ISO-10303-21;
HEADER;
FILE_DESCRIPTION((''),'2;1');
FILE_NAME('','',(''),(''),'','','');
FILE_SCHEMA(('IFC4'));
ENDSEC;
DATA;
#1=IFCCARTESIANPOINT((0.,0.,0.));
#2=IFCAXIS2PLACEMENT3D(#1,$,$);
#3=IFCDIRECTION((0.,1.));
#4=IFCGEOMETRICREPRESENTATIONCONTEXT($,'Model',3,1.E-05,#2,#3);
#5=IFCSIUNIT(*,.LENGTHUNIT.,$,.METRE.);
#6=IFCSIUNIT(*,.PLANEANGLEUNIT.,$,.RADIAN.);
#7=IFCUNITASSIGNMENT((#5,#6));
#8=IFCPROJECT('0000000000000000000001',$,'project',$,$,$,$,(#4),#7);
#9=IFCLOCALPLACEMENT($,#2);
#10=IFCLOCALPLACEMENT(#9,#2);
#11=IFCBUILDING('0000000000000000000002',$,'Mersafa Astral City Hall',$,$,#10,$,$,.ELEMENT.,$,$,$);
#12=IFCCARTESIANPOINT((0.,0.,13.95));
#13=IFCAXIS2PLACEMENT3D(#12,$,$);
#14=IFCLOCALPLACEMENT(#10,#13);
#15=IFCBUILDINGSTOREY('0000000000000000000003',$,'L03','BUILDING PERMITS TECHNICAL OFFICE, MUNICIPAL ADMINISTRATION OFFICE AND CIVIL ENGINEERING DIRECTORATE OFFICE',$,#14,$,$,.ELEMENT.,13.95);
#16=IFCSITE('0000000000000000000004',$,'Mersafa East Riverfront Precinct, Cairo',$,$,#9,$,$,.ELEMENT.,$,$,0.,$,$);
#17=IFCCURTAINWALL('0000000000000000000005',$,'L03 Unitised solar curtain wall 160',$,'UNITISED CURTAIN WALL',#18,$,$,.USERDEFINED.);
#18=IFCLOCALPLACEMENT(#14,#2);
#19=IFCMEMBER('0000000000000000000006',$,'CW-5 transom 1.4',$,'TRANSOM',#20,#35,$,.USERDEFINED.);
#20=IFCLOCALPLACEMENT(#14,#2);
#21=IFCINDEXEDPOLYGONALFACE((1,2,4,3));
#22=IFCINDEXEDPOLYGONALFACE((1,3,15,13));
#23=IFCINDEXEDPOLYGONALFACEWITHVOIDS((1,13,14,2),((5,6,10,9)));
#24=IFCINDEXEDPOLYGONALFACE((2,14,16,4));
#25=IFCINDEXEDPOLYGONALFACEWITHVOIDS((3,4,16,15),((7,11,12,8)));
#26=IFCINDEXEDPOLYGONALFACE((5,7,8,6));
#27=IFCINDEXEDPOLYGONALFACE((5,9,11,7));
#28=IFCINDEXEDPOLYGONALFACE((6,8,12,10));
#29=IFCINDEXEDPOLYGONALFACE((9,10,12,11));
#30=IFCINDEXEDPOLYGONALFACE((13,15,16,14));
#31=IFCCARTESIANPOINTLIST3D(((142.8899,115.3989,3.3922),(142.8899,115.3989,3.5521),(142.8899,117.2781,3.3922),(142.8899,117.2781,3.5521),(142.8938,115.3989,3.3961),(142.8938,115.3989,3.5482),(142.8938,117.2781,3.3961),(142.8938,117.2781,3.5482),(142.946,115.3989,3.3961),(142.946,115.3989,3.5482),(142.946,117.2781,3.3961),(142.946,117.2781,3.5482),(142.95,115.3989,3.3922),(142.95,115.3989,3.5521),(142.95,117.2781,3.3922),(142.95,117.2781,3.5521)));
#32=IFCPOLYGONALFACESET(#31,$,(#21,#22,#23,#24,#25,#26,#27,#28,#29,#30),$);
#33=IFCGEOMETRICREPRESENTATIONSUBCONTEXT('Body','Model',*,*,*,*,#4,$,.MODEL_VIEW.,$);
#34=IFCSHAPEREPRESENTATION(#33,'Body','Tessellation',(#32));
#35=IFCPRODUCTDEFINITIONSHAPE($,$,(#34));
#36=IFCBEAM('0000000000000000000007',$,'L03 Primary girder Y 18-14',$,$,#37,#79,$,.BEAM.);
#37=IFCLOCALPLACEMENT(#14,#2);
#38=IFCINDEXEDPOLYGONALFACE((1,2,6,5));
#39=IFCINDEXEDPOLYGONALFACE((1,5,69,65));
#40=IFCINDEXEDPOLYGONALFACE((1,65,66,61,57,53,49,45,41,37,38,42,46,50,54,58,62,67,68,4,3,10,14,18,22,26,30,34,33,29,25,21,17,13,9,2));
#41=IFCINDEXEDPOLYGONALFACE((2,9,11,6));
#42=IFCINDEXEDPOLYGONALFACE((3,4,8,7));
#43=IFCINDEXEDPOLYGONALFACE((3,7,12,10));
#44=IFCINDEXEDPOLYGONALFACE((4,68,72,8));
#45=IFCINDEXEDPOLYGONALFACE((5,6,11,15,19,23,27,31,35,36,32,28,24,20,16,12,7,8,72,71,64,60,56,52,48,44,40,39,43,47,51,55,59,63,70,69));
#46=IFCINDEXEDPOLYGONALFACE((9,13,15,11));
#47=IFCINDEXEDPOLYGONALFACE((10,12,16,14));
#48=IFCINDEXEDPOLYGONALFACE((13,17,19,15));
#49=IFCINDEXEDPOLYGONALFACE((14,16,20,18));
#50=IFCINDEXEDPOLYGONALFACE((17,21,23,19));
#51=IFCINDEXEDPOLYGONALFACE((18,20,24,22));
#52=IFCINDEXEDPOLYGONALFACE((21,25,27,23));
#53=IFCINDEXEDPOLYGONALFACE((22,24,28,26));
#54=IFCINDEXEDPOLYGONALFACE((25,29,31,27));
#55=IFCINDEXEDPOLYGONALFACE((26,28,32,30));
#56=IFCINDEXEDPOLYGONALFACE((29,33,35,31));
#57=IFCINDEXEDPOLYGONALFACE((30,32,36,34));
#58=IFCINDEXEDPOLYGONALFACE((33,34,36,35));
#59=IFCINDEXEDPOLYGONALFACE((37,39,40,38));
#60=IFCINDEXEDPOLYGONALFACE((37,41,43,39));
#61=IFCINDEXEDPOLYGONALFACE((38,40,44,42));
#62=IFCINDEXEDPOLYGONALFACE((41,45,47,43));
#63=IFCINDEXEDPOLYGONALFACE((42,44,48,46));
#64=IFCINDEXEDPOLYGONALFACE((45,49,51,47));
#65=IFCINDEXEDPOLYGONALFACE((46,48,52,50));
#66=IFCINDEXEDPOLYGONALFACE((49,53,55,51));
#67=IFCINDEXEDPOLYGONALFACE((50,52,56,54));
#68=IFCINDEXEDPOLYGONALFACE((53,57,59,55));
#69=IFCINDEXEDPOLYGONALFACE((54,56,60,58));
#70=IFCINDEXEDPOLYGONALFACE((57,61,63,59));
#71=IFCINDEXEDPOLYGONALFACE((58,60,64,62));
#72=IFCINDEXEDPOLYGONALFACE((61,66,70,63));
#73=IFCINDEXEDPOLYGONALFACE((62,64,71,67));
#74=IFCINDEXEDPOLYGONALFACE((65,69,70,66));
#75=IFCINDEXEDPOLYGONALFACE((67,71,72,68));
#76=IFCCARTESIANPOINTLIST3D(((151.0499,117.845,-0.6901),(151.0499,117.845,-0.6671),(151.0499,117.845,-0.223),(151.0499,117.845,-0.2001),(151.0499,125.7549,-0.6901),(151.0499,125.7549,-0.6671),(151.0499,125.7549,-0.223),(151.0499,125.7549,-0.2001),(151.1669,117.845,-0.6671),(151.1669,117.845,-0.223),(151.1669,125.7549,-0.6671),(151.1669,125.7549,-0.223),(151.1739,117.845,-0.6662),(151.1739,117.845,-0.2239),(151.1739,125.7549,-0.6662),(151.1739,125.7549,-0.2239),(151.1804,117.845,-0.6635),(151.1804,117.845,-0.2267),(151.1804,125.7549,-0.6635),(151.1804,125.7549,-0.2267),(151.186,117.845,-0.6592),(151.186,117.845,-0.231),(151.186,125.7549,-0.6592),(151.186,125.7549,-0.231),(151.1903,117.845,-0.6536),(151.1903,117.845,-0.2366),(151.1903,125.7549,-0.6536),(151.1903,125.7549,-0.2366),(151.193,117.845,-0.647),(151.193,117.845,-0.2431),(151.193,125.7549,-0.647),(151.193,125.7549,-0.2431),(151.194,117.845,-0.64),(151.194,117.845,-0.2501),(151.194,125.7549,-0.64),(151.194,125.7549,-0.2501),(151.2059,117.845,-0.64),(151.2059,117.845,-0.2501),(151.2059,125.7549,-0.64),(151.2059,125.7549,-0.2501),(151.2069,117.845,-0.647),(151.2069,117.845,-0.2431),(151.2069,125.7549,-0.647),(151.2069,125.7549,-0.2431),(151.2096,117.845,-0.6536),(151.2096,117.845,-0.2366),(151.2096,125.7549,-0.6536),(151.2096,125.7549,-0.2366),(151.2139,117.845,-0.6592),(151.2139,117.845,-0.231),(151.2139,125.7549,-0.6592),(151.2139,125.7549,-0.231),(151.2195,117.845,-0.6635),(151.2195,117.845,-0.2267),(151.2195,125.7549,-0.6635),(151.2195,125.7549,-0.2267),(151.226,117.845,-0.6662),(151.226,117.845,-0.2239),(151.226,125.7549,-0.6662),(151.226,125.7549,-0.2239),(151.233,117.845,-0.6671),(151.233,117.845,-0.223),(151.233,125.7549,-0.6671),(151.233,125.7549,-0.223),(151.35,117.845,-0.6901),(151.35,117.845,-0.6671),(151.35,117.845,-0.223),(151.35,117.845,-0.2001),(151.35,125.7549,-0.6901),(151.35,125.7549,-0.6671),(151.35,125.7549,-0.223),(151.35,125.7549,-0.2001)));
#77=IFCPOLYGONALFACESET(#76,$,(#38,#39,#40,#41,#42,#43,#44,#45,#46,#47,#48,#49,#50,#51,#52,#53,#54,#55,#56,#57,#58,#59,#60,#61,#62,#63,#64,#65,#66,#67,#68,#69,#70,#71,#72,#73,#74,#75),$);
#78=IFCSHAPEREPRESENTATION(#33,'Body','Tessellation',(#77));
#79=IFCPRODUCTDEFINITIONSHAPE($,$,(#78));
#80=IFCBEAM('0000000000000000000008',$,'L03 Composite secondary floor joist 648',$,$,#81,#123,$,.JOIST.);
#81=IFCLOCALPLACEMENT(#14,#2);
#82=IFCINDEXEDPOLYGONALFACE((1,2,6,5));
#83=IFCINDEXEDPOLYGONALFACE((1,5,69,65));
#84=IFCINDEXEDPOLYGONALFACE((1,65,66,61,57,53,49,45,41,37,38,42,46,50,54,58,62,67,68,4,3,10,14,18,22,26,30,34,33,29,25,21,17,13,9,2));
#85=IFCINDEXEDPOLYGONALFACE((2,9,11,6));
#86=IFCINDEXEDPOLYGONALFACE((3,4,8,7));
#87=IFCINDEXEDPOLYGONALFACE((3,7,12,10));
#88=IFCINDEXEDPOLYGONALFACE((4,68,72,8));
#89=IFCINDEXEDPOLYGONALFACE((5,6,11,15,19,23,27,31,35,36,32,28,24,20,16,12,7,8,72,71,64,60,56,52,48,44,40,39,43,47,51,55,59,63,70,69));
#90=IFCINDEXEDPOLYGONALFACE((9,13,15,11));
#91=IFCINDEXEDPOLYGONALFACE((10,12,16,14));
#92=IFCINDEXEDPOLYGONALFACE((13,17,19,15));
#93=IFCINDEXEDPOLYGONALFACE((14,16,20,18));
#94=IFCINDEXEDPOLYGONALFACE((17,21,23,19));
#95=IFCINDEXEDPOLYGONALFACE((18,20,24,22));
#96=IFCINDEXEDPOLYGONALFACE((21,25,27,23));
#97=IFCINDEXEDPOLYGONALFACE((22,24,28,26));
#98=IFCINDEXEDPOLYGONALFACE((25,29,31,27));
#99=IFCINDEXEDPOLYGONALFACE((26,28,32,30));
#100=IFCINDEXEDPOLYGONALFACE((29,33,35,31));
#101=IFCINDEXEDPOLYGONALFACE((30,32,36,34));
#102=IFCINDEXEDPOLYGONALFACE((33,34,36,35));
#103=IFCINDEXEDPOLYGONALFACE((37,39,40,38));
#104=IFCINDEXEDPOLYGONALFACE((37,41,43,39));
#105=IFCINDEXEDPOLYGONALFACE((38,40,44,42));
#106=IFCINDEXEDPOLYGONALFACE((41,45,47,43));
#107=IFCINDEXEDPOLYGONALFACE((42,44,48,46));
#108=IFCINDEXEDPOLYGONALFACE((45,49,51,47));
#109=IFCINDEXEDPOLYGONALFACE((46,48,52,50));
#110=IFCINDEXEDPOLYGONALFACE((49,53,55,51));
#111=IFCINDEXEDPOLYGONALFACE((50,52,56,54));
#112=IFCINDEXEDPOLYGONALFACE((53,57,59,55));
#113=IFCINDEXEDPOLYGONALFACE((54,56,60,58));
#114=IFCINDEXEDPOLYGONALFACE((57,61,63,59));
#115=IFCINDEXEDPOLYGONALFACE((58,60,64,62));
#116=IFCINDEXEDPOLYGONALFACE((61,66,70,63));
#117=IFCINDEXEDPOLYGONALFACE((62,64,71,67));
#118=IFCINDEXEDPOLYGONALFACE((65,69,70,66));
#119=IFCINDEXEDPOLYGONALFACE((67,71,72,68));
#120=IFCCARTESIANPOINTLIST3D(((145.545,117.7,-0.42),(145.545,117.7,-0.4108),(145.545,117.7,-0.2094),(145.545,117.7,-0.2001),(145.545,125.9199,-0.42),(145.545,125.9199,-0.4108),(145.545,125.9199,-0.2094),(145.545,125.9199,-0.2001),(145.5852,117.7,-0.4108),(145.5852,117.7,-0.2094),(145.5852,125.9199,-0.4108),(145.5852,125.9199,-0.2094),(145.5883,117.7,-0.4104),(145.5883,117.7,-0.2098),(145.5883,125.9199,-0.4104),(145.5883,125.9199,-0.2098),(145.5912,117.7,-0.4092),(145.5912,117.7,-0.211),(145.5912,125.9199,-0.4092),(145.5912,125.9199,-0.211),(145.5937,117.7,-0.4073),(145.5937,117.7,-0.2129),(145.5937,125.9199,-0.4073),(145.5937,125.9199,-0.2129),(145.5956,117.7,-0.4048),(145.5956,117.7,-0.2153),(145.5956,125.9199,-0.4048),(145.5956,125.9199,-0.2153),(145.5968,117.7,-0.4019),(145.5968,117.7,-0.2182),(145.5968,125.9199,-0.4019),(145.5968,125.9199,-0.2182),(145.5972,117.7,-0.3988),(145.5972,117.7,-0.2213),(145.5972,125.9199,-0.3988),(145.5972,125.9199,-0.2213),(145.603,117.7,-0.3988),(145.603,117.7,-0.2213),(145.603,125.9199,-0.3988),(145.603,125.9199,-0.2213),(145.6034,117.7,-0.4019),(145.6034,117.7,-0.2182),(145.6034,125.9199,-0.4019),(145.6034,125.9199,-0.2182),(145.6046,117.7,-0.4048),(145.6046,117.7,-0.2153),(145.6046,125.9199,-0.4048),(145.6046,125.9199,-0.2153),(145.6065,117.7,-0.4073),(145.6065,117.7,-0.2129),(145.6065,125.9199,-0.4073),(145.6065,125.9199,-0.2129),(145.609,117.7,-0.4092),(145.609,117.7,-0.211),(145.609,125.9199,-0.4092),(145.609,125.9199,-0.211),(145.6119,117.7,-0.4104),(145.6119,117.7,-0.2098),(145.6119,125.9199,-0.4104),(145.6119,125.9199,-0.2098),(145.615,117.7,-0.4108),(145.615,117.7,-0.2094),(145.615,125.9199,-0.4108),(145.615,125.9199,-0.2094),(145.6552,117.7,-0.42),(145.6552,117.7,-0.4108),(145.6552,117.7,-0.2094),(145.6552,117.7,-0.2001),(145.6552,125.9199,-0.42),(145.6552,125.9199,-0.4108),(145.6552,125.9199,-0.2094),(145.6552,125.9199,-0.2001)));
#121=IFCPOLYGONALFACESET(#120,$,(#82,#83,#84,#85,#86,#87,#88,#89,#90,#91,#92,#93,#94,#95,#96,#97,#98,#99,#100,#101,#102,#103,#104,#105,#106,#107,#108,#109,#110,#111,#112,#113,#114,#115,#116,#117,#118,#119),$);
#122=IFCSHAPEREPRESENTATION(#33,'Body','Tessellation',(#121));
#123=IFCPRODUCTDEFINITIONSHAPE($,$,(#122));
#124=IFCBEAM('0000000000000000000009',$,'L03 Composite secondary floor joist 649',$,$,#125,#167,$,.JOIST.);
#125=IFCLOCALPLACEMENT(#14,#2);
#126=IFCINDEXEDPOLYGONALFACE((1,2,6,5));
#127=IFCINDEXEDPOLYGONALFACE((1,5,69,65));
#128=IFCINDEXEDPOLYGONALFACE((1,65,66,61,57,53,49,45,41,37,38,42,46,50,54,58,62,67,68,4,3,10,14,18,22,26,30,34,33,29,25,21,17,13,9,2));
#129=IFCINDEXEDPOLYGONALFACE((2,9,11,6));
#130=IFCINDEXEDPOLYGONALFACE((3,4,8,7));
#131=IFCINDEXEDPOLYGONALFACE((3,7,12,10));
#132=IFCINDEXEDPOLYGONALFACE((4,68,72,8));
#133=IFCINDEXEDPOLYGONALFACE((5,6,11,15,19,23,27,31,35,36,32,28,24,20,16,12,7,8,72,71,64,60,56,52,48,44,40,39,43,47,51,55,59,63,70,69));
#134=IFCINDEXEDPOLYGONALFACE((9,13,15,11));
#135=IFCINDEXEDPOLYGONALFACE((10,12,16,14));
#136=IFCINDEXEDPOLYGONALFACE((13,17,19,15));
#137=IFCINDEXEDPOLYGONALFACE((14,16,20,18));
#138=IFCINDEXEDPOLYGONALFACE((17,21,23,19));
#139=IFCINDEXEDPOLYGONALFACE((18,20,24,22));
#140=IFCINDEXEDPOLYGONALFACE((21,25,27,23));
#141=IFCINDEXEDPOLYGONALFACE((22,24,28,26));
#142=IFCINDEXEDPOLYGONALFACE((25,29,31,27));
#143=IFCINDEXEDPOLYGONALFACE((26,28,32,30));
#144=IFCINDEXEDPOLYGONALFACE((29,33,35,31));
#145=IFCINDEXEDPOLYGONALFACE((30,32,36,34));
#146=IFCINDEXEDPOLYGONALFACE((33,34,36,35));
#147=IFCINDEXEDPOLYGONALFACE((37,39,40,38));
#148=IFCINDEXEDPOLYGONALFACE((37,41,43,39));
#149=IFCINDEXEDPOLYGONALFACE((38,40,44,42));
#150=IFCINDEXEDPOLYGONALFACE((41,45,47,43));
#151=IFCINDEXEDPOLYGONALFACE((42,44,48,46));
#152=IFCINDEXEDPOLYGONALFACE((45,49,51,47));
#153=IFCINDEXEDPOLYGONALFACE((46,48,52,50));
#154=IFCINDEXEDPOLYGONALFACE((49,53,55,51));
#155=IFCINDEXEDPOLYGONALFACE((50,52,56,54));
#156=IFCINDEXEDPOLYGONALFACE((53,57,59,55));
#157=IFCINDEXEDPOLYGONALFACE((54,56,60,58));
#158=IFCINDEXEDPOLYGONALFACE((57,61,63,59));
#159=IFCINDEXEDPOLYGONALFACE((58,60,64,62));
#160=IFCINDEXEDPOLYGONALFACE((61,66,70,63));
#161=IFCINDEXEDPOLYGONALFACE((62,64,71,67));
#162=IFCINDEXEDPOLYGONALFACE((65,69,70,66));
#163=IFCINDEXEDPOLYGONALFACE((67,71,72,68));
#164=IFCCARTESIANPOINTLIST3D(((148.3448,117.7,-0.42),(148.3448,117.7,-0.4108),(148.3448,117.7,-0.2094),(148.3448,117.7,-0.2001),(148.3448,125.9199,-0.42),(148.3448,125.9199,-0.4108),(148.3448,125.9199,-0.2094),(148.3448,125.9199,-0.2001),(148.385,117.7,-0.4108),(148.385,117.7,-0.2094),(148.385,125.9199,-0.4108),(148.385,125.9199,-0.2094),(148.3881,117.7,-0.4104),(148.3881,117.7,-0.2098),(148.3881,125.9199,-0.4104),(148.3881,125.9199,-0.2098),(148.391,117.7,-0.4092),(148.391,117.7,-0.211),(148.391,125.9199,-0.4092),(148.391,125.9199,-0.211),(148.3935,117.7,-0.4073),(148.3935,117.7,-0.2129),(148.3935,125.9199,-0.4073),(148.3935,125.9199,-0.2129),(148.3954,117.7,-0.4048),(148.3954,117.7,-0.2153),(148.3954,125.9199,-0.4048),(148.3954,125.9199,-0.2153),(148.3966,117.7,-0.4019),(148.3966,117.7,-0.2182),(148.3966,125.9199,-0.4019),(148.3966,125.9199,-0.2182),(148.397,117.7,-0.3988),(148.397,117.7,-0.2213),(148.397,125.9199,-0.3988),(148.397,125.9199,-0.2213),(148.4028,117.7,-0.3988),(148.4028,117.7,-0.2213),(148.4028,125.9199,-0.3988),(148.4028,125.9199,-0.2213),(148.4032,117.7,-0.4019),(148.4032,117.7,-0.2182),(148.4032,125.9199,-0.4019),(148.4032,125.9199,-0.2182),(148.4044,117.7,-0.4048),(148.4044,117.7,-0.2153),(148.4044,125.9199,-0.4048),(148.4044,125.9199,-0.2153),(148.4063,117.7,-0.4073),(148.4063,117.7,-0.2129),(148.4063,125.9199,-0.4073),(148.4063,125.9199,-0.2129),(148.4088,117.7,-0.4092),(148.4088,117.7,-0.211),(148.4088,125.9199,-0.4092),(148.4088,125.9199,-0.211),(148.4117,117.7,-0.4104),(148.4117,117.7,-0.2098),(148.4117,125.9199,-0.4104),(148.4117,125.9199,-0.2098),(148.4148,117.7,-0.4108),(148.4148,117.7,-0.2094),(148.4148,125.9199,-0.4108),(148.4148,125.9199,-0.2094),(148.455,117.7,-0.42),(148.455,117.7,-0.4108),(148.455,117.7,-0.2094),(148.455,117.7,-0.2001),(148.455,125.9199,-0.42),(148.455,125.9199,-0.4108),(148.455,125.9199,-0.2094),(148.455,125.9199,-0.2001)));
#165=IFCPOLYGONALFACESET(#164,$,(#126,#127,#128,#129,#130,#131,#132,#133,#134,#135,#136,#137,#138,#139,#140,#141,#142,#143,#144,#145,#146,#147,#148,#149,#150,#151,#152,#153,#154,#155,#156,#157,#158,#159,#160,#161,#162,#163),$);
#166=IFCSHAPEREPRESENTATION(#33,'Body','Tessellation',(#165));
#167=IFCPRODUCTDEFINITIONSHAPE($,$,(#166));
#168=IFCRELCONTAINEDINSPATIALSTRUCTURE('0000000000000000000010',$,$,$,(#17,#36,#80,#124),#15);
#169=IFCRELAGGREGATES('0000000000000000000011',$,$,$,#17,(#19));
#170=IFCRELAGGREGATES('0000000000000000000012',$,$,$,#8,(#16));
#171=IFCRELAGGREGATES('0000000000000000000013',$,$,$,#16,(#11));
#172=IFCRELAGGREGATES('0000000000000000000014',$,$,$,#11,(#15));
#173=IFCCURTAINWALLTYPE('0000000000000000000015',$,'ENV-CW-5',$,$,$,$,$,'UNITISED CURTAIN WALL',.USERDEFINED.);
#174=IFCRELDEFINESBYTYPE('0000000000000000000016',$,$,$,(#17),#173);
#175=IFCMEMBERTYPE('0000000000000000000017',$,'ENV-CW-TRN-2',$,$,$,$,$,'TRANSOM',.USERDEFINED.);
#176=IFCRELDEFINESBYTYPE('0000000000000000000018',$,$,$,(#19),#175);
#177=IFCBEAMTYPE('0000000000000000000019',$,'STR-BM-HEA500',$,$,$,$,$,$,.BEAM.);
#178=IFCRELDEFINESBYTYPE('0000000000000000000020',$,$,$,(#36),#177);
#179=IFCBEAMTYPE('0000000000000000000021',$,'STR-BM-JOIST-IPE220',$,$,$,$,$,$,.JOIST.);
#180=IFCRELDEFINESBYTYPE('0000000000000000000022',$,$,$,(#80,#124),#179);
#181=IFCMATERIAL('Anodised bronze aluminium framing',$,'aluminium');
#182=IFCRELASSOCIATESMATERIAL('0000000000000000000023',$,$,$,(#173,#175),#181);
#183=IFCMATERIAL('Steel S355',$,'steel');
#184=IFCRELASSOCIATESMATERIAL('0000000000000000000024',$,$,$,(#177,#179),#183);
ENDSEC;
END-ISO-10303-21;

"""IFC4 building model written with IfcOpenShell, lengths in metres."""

from ifc_helpers import new_model, si_unit, direction, frame, origin, origin_2d, place, context, subcontext, project, spatial, hollow_rectangle, i_section, extrude, material, material_profile, profile_set, type_object, element, aggregate, save


model = new_model("IFC4")

# Units and contexts
model_context = context("Model", 3, precision=1e-05, world=origin(), true_north=direction((0.0, 1.0)))
body_context = subcontext(model_context, "Body", "Model", "MODEL_VIEW")
ifc_project = project(units=[si_unit("LENGTHUNIT", "METRE"), si_unit("PLANEANGLEUNIT", "RADIAN")], contexts=[model_context])

# Site, building, storey
site_placement = place(None, origin())
site = spatial("IfcSite", under=ifc_project, at=site_placement, Name="Mersafa East Riverfront Precinct, Cairo", CompositionType="ELEMENT", RefElevation=0.0)
building_placement = place(site_placement, origin())
building = spatial("IfcBuilding", under=site, at=building_placement, Name="Mersafa Astral City Hall", CompositionType="ELEMENT")
storey_placement = place(building_placement, frame((0.0, 0.0, 13.95)))
storey = spatial("IfcBuildingStorey", under=building, at=storey_placement, Name="L03", Description="BUILDING PERMITS TECHNICAL OFFICE, MUNICIPAL ADMINISTRATION OFFICE AND CIVIL ENGINEERING DIRECTORATE OFFICE", CompositionType="ELEMENT", Elevation=13.95)

# Shared definitions
ifc_material_1 = material(Name="Steel S355", Category="steel")

# Curtain wall, member
ifc_material_2 = material(Name="Anodised bronze aluminium framing", Category="aluminium")
curtain_wall_type = type_object("IfcCurtainWallType", Name="ENV-CW-5", ElementType="UNITISED CURTAIN WALL", PredefinedType="USERDEFINED", material=ifc_material_2)
curtain_wall_placement = place(storey_placement, origin())
curtain_wall = element("IfcCurtainWall", 1, at=curtain_wall_placement, inside=storey, type_object=curtain_wall_type, Name="L03 Unitised solar curtain wall 160", ObjectType="UNITISED CURTAIN WALL", PredefinedType="USERDEFINED")
ifc_material_profile_1 = material_profile(ifc_material_2, hollow_rectangle(XDim=0.0601, YDim=0.1599, WallThickness=0.0039, at=origin_2d()), Name="RHS 60x160x4")
ifc_profile_set_1 = profile_set([ifc_material_profile_1], Name="Anodised bronze aluminium framing")
member_type_1 = type_object("IfcMemberType", Name="ENV-CW-TRN-2", ElementType="TRANSOM", PredefinedType="USERDEFINED", material=ifc_profile_set_1)
member_1_placement = place(storey_placement, frame((142.9199, 117.2781, 3.4722), z_axis=(0.0, -1.0, 0.0), x_axis=(1.0, 0.0, 0.0)))
member_1 = element("IfcMember", 2, at=member_1_placement, type_object=member_type_1, Name="CW-5 transom 1.4", ObjectType="TRANSOM", PredefinedType="USERDEFINED", context=body_context, shape_type="SweptSolid", body=[
    extrude(hollow_rectangle(XDim=0.0601, YDim=0.1599, WallThickness=0.0039, at=origin_2d()), origin(), (0.0, 0.0, 1.0), 1.8792),
])

# Beams
ifc_material_profile_2 = material_profile(ifc_material_1, i_section(OverallWidth=0.3, OverallDepth=0.49, WebThickness=0.012, FlangeThickness=0.0229, FilletRadius=0.0271, at=origin_2d()), Name="HEA 500")
ifc_profile_set_2 = profile_set([ifc_material_profile_2], Name="Steel S355")
beam_type_1 = type_object("IfcBeamType", Name="STR-BM-HEA500", PredefinedType="BEAM", material=ifc_profile_set_2)
beam_1_placement = place(storey_placement, frame((151.2, 117.845, -0.4451), z_axis=(0.0, 1.0, 0.0), x_axis=(-1.0, 0.0, 0.0)))
element("IfcBeam", 3, at=beam_1_placement, inside=storey, type_object=beam_type_1, Name="L03 Primary girder Y 18-14", PredefinedType="BEAM", context=body_context, shape_type="SweptSolid", body=[
    extrude(i_section(OverallWidth=0.3, OverallDepth=0.49, WebThickness=0.012, FlangeThickness=0.0229, FilletRadius=0.0271, at=origin_2d()), origin(), (0.0, 0.0, 1.0), 7.9099),
])
ifc_material_profile_3 = material_profile(ifc_material_1, i_section(OverallWidth=0.1101, OverallDepth=0.22, WebThickness=0.0059, FlangeThickness=0.0093, FilletRadius=0.012, at=origin_2d()), Name="IPE 220")
ifc_profile_set_3 = profile_set([ifc_material_profile_3], Name="Steel S355")
beam_type_2 = type_object("IfcBeamType", Name="STR-BM-JOIST-IPE220", PredefinedType="JOIST", material=ifc_profile_set_3)
for number, where, z_axis, x_axis, name in (
    (4, (145.6001, 117.7, -0.3101), (0.0, 1.0, 0.0), (-1.0, 0.0, 0.0), "L03 Composite secondary floor joist 648"),
    (5, (148.3999, 117.7, -0.3101), (0.0, 1.0, 0.0), (-1.0, 0.0, 0.0), "L03 Composite secondary floor joist 649"),
):
    element("IfcBeam", number, at=place(storey_placement, frame(where, z_axis=z_axis, x_axis=x_axis)), inside=storey, type_object=beam_type_2, Name=name, PredefinedType="JOIST", context=body_context, shape_type="SweptSolid", body=[
        extrude(i_section(OverallWidth=0.1101, OverallDepth=0.22, WebThickness=0.0059, FlangeThickness=0.0093, FilletRadius=0.012, at=origin_2d()), origin(), (0.0, 0.0, 1.0), 8.22),
    ])

aggregate(curtain_wall, [member_1])

save(model, "model.ifc")
